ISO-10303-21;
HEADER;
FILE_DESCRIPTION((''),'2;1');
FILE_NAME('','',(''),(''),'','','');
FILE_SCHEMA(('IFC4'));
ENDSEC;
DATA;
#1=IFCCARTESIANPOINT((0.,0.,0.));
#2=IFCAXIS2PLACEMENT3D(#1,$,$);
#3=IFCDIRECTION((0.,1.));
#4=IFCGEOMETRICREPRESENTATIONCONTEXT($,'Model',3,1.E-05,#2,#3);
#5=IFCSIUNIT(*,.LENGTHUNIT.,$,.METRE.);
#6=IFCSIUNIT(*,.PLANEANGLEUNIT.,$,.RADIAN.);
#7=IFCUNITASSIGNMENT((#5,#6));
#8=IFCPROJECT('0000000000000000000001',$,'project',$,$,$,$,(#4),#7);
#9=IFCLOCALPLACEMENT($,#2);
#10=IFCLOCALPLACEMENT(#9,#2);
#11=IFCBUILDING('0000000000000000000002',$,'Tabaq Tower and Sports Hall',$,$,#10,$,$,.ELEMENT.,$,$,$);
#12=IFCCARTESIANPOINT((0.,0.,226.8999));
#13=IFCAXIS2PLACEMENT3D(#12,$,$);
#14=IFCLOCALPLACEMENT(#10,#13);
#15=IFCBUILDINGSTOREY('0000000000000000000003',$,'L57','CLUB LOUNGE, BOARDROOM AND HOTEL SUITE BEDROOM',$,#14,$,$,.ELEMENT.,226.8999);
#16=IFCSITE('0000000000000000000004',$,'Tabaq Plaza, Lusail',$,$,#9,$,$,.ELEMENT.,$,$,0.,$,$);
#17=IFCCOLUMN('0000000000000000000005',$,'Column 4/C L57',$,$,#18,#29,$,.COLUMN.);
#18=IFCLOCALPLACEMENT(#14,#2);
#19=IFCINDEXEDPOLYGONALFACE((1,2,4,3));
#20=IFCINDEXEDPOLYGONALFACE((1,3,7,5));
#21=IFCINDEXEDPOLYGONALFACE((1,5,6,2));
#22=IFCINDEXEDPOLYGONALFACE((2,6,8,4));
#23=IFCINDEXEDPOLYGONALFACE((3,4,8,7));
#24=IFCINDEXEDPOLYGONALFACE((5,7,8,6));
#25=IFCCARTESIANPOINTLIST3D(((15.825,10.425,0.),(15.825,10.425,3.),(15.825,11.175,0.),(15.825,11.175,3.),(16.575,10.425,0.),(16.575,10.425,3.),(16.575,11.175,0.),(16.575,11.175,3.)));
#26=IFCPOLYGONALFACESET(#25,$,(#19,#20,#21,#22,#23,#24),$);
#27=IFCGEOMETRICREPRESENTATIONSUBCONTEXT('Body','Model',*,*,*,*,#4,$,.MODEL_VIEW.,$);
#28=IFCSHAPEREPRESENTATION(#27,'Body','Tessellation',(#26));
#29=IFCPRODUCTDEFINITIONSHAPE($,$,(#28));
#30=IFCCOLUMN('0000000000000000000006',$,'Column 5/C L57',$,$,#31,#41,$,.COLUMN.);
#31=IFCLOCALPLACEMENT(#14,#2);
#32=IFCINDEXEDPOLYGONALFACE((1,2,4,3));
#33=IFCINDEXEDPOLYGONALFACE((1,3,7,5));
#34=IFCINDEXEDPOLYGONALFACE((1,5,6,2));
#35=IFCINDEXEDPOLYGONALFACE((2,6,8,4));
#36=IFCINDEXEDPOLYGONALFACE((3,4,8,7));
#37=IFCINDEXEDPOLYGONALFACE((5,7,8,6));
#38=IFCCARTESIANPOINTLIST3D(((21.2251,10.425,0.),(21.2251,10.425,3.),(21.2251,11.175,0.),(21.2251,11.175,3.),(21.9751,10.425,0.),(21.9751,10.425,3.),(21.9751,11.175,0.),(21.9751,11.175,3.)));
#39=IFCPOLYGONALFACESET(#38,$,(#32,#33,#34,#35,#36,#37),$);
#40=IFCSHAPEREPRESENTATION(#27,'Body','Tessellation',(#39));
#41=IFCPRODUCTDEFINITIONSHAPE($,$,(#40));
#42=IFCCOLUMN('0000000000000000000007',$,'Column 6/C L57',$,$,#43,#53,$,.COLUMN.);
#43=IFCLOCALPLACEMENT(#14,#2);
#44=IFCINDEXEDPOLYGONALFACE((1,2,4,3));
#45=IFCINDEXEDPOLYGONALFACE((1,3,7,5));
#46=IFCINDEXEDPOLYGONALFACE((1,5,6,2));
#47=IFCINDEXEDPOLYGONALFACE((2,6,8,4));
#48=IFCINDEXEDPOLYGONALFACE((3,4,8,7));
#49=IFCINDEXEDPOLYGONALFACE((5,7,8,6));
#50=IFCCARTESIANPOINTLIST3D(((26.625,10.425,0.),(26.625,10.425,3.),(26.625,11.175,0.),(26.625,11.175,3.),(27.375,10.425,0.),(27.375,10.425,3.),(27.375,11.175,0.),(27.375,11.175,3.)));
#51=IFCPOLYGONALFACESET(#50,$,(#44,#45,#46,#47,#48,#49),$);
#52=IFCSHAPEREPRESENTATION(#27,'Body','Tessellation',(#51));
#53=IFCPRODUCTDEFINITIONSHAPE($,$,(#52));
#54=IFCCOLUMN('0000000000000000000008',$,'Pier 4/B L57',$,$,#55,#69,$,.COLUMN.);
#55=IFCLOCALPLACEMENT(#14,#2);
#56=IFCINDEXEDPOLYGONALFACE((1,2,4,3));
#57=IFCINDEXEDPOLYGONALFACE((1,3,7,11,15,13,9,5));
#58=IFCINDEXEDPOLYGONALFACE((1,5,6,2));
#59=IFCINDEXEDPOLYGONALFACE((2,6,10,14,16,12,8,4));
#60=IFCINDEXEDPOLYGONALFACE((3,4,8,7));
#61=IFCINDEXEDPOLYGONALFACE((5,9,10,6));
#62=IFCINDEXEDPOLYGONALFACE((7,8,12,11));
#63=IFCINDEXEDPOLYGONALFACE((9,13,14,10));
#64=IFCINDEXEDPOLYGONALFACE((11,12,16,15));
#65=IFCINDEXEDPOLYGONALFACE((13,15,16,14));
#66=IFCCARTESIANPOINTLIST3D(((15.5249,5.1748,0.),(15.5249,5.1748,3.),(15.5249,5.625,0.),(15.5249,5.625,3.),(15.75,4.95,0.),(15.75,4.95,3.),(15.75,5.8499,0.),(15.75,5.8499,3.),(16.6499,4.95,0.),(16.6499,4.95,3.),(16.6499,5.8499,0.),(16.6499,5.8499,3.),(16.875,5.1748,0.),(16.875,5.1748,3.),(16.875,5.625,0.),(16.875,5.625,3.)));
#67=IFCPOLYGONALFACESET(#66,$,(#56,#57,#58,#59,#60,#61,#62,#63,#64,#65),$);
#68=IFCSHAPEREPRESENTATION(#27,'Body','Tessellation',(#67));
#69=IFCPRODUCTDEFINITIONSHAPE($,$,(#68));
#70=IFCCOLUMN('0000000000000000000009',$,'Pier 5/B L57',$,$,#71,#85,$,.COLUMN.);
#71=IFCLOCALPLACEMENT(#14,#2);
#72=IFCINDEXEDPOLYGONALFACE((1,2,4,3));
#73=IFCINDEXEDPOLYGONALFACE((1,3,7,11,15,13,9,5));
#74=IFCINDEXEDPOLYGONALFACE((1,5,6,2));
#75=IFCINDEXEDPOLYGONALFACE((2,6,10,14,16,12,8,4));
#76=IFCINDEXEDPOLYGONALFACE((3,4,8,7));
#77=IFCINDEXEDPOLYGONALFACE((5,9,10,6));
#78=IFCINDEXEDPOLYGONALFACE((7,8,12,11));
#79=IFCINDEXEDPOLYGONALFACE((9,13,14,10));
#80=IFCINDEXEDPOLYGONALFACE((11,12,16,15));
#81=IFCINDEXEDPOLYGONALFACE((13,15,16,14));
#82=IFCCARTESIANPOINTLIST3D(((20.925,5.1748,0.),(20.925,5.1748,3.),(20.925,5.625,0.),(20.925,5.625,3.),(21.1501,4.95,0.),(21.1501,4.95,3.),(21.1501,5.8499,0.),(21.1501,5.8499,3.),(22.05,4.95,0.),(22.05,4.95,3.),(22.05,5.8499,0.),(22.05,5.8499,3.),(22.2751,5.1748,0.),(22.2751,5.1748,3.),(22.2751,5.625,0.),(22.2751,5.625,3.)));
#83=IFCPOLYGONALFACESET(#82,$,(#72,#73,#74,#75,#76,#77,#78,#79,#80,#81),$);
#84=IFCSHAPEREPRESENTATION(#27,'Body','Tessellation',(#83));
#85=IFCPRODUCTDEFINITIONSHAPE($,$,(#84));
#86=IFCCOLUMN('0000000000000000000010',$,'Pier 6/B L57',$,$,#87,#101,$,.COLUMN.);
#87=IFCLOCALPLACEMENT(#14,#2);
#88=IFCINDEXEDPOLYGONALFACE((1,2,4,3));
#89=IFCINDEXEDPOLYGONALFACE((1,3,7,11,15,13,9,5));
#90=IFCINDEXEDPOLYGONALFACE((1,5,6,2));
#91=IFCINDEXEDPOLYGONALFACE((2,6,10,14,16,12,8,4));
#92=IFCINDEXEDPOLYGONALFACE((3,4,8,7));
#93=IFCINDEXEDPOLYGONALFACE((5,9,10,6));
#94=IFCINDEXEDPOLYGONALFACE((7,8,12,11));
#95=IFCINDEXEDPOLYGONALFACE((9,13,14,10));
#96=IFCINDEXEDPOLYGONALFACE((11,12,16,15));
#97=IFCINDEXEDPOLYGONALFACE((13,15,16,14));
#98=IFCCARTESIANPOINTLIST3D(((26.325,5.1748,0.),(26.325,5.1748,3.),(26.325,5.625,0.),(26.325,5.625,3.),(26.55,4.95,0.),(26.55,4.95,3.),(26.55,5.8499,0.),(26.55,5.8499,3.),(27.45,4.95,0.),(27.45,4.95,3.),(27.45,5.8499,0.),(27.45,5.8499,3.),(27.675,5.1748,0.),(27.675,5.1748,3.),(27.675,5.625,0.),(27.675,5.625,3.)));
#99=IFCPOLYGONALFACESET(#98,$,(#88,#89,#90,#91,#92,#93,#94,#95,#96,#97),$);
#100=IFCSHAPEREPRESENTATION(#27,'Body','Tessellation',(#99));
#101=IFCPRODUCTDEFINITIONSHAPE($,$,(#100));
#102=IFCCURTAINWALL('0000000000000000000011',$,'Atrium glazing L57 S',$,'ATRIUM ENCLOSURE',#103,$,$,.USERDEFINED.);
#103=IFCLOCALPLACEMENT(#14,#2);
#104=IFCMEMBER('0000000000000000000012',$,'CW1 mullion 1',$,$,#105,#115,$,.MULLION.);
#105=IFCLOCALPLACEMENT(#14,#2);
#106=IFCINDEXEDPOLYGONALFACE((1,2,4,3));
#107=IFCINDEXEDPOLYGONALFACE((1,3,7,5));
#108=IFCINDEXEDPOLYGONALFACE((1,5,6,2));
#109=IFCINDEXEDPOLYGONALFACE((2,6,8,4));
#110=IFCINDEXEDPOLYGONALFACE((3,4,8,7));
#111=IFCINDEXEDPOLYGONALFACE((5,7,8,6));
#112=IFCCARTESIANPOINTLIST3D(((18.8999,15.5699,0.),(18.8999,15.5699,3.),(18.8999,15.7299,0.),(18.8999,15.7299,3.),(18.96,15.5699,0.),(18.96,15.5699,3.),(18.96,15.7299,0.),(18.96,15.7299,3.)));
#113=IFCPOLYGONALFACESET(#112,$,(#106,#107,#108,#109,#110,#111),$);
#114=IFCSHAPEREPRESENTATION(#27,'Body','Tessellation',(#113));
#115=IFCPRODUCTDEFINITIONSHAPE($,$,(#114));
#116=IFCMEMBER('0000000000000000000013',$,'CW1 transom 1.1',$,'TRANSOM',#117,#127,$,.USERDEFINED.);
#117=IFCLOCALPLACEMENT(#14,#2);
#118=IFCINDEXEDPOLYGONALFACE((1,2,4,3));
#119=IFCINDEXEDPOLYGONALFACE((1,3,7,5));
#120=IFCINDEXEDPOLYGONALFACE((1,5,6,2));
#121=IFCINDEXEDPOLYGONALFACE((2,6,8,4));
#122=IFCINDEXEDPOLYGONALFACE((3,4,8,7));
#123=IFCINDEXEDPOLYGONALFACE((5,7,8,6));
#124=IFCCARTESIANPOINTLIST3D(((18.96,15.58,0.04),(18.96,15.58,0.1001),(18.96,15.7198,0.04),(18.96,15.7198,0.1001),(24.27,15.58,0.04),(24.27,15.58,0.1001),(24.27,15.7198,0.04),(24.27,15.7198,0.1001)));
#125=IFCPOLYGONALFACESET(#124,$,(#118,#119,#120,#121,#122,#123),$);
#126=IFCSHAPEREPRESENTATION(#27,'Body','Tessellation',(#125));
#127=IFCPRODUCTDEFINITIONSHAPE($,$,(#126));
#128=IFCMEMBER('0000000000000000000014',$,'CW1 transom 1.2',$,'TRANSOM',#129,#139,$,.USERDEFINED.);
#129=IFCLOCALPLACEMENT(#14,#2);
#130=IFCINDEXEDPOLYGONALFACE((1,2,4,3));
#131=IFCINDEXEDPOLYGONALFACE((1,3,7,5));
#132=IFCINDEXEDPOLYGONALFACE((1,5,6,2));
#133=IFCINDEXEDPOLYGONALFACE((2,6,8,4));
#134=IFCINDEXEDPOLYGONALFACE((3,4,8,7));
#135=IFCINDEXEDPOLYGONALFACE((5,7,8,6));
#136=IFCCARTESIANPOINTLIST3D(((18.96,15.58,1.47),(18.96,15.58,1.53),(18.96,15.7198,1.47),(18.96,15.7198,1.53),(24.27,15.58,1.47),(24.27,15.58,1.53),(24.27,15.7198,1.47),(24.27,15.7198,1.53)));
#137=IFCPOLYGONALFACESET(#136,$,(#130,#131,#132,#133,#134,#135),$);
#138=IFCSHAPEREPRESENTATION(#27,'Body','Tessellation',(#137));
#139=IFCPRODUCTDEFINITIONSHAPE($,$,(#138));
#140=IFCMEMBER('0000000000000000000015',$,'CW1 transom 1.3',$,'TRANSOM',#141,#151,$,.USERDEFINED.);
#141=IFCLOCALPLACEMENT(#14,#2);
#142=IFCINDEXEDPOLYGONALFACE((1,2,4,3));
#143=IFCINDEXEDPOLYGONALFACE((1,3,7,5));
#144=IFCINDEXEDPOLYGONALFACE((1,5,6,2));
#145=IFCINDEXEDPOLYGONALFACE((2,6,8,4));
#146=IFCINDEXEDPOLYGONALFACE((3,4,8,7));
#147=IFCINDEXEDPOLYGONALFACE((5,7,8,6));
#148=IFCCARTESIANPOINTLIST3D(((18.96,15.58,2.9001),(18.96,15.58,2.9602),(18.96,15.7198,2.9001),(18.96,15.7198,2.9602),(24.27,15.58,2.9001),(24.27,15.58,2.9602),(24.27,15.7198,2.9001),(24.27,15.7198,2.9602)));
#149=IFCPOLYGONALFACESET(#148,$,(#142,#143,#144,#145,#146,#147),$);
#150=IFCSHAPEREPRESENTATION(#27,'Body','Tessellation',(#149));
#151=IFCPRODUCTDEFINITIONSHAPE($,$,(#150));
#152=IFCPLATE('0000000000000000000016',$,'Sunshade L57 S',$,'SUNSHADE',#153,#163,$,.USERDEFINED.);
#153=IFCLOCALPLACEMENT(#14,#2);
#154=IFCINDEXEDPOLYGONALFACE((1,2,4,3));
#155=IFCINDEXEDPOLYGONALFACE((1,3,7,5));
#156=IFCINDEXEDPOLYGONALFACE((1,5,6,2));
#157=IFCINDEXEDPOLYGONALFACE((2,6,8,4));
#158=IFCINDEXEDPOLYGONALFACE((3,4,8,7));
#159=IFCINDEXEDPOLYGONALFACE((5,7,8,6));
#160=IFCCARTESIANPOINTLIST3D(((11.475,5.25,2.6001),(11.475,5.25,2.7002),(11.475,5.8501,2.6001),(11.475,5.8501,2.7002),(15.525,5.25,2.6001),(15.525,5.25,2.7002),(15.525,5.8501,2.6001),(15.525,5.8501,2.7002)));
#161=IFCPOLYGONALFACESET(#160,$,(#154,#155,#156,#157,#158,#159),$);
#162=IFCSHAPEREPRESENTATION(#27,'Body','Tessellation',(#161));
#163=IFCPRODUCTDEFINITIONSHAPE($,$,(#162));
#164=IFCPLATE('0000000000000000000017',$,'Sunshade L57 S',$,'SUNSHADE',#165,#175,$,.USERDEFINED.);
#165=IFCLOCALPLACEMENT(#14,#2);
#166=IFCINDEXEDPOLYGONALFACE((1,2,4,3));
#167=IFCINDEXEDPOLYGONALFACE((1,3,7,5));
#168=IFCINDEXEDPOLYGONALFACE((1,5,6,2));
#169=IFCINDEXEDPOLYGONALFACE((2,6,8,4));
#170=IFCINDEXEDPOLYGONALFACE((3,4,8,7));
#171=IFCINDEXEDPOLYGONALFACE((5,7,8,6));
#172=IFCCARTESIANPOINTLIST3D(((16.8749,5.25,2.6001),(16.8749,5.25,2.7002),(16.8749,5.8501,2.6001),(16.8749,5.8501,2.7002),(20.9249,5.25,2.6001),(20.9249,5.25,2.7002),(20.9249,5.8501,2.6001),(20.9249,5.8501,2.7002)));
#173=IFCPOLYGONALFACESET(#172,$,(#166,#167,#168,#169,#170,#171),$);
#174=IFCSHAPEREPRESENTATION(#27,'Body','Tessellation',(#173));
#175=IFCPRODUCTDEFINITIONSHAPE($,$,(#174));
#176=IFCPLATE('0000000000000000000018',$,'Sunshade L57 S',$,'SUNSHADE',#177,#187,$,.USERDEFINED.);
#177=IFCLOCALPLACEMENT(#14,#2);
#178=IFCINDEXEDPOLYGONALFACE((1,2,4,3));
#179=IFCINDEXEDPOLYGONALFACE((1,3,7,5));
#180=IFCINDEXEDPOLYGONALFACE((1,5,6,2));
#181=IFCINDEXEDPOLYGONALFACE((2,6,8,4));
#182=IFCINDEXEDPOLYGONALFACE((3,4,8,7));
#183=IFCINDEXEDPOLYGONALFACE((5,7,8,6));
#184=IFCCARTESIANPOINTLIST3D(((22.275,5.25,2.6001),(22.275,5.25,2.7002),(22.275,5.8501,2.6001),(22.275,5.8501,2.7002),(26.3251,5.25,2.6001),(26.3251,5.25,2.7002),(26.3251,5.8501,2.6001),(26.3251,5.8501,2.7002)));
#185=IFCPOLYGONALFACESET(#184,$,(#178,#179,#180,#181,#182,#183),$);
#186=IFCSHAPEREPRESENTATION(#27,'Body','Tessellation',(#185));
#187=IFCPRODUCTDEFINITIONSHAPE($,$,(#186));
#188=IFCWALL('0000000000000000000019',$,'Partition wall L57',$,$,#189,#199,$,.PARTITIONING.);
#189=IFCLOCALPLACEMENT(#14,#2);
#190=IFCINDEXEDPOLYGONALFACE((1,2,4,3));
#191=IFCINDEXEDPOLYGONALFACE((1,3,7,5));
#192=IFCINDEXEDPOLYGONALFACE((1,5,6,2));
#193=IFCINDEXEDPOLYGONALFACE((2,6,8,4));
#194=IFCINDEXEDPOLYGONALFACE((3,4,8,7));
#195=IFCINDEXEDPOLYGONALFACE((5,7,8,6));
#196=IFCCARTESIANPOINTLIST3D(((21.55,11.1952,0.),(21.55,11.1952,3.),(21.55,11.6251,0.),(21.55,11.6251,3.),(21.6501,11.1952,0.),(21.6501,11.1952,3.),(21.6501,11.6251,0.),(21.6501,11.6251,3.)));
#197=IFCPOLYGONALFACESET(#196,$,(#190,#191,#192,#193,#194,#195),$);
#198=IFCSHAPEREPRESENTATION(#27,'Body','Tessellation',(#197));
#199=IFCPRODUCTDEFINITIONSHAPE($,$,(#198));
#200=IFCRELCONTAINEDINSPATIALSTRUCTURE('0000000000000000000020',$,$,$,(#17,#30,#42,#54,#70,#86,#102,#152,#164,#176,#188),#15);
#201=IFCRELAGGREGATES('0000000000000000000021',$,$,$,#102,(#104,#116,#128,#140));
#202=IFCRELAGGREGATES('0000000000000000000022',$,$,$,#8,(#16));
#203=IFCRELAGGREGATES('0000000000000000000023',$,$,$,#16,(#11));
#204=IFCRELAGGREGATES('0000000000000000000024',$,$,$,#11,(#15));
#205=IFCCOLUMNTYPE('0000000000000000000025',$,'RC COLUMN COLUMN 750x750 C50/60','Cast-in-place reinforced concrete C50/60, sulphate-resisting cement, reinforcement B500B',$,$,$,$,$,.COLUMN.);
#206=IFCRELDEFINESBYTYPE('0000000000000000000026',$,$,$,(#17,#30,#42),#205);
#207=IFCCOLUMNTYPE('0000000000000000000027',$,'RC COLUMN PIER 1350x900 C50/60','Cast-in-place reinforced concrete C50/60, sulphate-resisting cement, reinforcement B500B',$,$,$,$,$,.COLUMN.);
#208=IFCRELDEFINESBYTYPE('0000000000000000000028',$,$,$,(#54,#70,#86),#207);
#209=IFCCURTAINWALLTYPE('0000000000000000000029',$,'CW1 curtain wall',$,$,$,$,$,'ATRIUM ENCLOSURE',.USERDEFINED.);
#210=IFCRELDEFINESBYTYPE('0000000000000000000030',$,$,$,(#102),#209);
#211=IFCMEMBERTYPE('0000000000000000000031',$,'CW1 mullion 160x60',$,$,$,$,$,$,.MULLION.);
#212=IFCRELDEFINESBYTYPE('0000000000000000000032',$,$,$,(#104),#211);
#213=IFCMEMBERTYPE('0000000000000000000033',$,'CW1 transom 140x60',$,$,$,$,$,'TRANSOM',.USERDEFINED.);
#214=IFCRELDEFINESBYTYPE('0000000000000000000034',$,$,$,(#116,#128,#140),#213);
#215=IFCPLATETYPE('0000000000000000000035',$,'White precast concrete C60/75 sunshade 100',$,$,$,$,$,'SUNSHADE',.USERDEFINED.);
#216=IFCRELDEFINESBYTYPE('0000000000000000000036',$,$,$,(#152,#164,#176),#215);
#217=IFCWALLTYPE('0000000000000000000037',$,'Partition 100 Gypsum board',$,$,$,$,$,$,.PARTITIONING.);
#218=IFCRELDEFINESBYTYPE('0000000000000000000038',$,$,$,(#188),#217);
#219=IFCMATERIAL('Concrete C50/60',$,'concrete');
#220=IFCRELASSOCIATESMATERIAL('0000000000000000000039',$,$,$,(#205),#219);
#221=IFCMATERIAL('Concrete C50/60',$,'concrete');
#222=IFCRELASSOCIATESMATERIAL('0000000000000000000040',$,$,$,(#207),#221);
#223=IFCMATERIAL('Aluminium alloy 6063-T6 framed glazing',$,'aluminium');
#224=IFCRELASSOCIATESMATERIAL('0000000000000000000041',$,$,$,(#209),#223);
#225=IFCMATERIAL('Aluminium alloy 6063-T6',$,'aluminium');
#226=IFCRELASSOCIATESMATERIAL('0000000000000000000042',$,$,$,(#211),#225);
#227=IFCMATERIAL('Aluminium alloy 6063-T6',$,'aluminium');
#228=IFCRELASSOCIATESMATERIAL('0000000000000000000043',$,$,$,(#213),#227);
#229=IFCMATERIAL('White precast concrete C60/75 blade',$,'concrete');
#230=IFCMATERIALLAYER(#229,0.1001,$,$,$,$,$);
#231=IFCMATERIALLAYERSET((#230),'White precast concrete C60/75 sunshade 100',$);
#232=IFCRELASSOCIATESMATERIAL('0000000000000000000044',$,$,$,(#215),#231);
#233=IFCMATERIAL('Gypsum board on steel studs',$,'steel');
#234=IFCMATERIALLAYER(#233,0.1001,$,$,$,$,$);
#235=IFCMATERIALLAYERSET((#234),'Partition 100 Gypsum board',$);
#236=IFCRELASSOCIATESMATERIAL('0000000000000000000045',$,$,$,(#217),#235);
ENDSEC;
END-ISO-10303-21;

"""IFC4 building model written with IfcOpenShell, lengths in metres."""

from ifc_helpers import new_model, si_unit, direction, frame, frame_2d, origin, origin_2d, place, context, subcontext, project, spatial, polyline, rectangle, outline, extrude, material, layer, layer_set, material_profile, profile_set, type_object, element, aggregate, save


model = new_model("IFC4")

# Units and contexts
model_context = context("Model", 3, precision=1e-05, world=origin(), true_north=direction((0.0, 1.0)))
body_context = subcontext(model_context, "Body", "Model", "MODEL_VIEW")
ifc_project = project(units=[si_unit("LENGTHUNIT", "METRE"), si_unit("PLANEANGLEUNIT", "RADIAN")], contexts=[model_context])

# Site, building, storey
site_placement = place(None, origin())
site = spatial("IfcSite", under=ifc_project, at=site_placement, Name="Tabaq Plaza, Lusail", CompositionType="ELEMENT", RefElevation=0.0)
building_placement = place(site_placement, origin())
building = spatial("IfcBuilding", under=site, at=building_placement, Name="Tabaq Tower and Sports Hall", CompositionType="ELEMENT")
storey_placement = place(building_placement, frame((0.0, 0.0, 226.8999)))
storey = spatial("IfcBuildingStorey", under=building, at=storey_placement, Name="L57", Description="CLUB LOUNGE, BOARDROOM AND HOTEL SUITE BEDROOM", CompositionType="ELEMENT", Elevation=226.8999)

# Columns
ifc_material_1 = material(Name="Concrete C50/60", Category="concrete")
ifc_material_profile_1 = material_profile(ifc_material_1, rectangle(XDim=0.75, YDim=0.75, at=origin_2d()), Name="COLUMN 750x750")
ifc_profile_set_1 = profile_set([ifc_material_profile_1], Name="Concrete C50/60")
column_type_1 = type_object("IfcColumnType", Name="RC COLUMN COLUMN 750x750 C50/60", Description="Cast-in-place reinforced concrete C50/60, sulphate-resisting cement, reinforcement B500B", PredefinedType="COLUMN", material=ifc_profile_set_1)
for number, where, z_axis, x_axis, name in (
    (1, (16.2, 10.8, 0.0), (0.0, 0.0, 1.0), (1.0, 0.0, 0.0), "Column 4/C L57"),
    (2, (21.6001, 10.8, 0.0), (0.0, 0.0, 1.0), (1.0, 0.0, 0.0), "Column 5/C L57"),
    (3, (27.0, 10.8, 0.0), (0.0, 0.0, 1.0), (1.0, 0.0, 0.0), "Column 6/C L57"),
):
    element("IfcColumn", number, at=place(storey_placement, frame(where, z_axis=z_axis, x_axis=x_axis)), inside=storey, type_object=column_type_1, Name=name, PredefinedType="COLUMN", context=body_context, shape_type="SweptSolid", body=[
        extrude(rectangle(XDim=0.75, YDim=0.75, at=origin_2d()), origin(), (0.0, 0.0, 1.0), 3.0),
    ])
ifc_material_2 = material(Name="Concrete C50/60", Category="concrete")
ifc_material_profile_2 = material_profile(ifc_material_2, outline(polyline([(-0.45, -0.45), (0.45, -0.45), (0.675, -0.2251), (0.675, 0.2251), (0.45, 0.45), (-0.45, 0.45), (-0.675, 0.2251), (-0.675, -0.2251), (-0.45, -0.45)])), Name="PIER 1350x900")
ifc_profile_set_2 = profile_set([ifc_material_profile_2], Name="Concrete C50/60")
column_type_2 = type_object("IfcColumnType", Name="RC COLUMN PIER 1350x900 C50/60", Description="Cast-in-place reinforced concrete C50/60, sulphate-resisting cement, reinforcement B500B", PredefinedType="COLUMN", material=ifc_profile_set_2)
for number, where, z_axis, x_axis, name in (
    (4, (16.2, 5.3999, 0.0), (0.0, 0.0, 1.0), (1.0, 0.0, 0.0), "Pier 4/B L57"),
    (5, (21.6001, 5.3999, 0.0), (0.0, 0.0, 1.0), (1.0, 0.0, 0.0), "Pier 5/B L57"),
    (6, (27.0, 5.3999, 0.0), (0.0, 0.0, 1.0), (1.0, 0.0, 0.0), "Pier 6/B L57"),
):
    element("IfcColumn", number, at=place(storey_placement, frame(where, z_axis=z_axis, x_axis=x_axis)), inside=storey, type_object=column_type_2, Name=name, PredefinedType="COLUMN", context=body_context, shape_type="SweptSolid", body=[
        extrude(outline(polyline([(-0.45, -0.45), (0.45, -0.45), (0.675, -0.2251), (0.675, 0.2251), (0.45, 0.45), (-0.45, 0.45), (-0.675, 0.2251), (-0.675, -0.2251), (-0.45, -0.45)])), origin(), (0.0, 0.0, 1.0), 3.0),
    ])

# Curtain wall, members
ifc_material_3 = material(Name="Aluminium alloy 6063-T6 framed glazing", Category="aluminium")
curtain_wall_type = type_object("IfcCurtainWallType", Name="CW1 curtain wall", ElementType="ATRIUM ENCLOSURE", PredefinedType="USERDEFINED", material=ifc_material_3)
curtain_wall_placement = place(storey_placement, origin())
curtain_wall = element("IfcCurtainWall", 7, at=curtain_wall_placement, inside=storey, type_object=curtain_wall_type, Name="Atrium glazing L57 S", ObjectType="ATRIUM ENCLOSURE", PredefinedType="USERDEFINED")
ifc_material_4 = material(Name="Aluminium alloy 6063-T6", Category="aluminium")
ifc_material_profile_3 = material_profile(ifc_material_4, rectangle(XDim=0.1599, YDim=0.0601, at=origin_2d()), Name="MULLION 160x60")
ifc_profile_set_3 = profile_set([ifc_material_profile_3], Name="Aluminium alloy 6063-T6")
member_type_1 = type_object("IfcMemberType", Name="CW1 mullion 160x60", PredefinedType="MULLION", material=ifc_profile_set_3)
member_1_placement = place(storey_placement, frame((18.9299, 15.6499, 0.0), z_axis=(0.0, 0.0, 1.0), x_axis=(0.0, 1.0, 0.0)))
member_1 = element("IfcMember", 8, at=member_1_placement, type_object=member_type_1, Name="CW1 mullion 1", PredefinedType="MULLION", context=body_context, shape_type="SweptSolid", body=[
    extrude(rectangle(XDim=0.1599, YDim=0.0601, at=origin_2d()), origin(), (0.0, 0.0, 1.0), 3.0),
])
ifc_material_5 = material(Name="Aluminium alloy 6063-T6", Category="aluminium")
ifc_material_profile_4 = material_profile(ifc_material_5, rectangle(XDim=0.1399, YDim=0.0601, at=origin_2d()), Name="TRANSOM 140x60")
ifc_profile_set_4 = profile_set([ifc_material_profile_4], Name="Aluminium alloy 6063-T6")
member_type_2 = type_object("IfcMemberType", Name="CW1 transom 140x60", ElementType="TRANSOM", PredefinedType="USERDEFINED", material=ifc_profile_set_4)
member_2_placement = place(storey_placement, frame((18.96, 15.6499, 0.0701), z_axis=(1.0, 0.0, 0.0), x_axis=(0.0, 1.0, 0.0)))
member_2 = element("IfcMember", 9, at=member_2_placement, type_object=member_type_2, Name="CW1 transom 1.1", ObjectType="TRANSOM", PredefinedType="USERDEFINED", context=body_context, shape_type="SweptSolid", body=[
    extrude(rectangle(XDim=0.1399, YDim=0.0601, at=origin_2d()), origin(), (0.0, 0.0, 1.0), 5.3101),
])
member_3_placement = place(storey_placement, frame((18.96, 15.6499, 1.5), z_axis=(1.0, 0.0, 0.0), x_axis=(0.0, 1.0, 0.0)))
member_3 = element("IfcMember", 10, at=member_3_placement, type_object=member_type_2, Name="CW1 transom 1.2", ObjectType="TRANSOM", PredefinedType="USERDEFINED", context=body_context, shape_type="SweptSolid", body=[
    extrude(rectangle(XDim=0.1399, YDim=0.0601, at=origin_2d()), origin(), (0.0, 0.0, 1.0), 5.3101),
])
member_4_placement = place(storey_placement, frame((18.96, 15.6499, 2.9302), z_axis=(1.0, 0.0, 0.0), x_axis=(0.0, 1.0, 0.0)))
member_4 = element("IfcMember", 11, at=member_4_placement, type_object=member_type_2, Name="CW1 transom 1.3", ObjectType="TRANSOM", PredefinedType="USERDEFINED", context=body_context, shape_type="SweptSolid", body=[
    extrude(rectangle(XDim=0.1399, YDim=0.0601, at=origin_2d()), origin(), (0.0, 0.0, 1.0), 5.3101),
])
aggregate(curtain_wall, [member_1, member_2, member_3, member_4])

# Plates
ifc_material_6 = material(Name="White precast concrete C60/75 blade", Category="concrete")
ifc_layer_1 = layer(ifc_material_6, 0.1001)
ifc_layer_set_1 = layer_set([ifc_layer_1], Name="White precast concrete C60/75 sunshade 100")
plate_type = type_object("IfcPlateType", Name="White precast concrete C60/75 sunshade 100", ElementType="SUNSHADE", PredefinedType="USERDEFINED", material=ifc_layer_set_1)
for number, where, z_axis, x_axis, name in (
    (12, (13.5, 5.55, 2.6001), (0.0, 0.0, 1.0), (1.0, 0.0, 0.0), "Sunshade L57 S"),
    (13, (18.8999, 5.55, 2.6001), (0.0, 0.0, 1.0), (1.0, 0.0, 0.0), "Sunshade L57 S"),
    (14, (24.3, 5.55, 2.6001), (0.0, 0.0, 1.0), (1.0, 0.0, 0.0), "Sunshade L57 S"),
):
    element("IfcPlate", number, at=place(storey_placement, frame(where, z_axis=z_axis, x_axis=x_axis)), inside=storey, type_object=plate_type, Name=name, ObjectType="SUNSHADE", PredefinedType="USERDEFINED", context=body_context, shape_type="SweptSolid", body=[
        extrude(rectangle(XDim=4.05, YDim=0.6001, at=origin_2d()), origin(), (0.0, 0.0, 1.0), 0.1001),
    ])

# Wall
ifc_material_7 = material(Name="Gypsum board on steel studs", Category="steel")
ifc_layer_2 = layer(ifc_material_7, 0.1001)
ifc_layer_set_2 = layer_set([ifc_layer_2], Name="Partition 100 Gypsum board")
wall_type = type_object("IfcWallType", Name="Partition 100 Gypsum board", PredefinedType="PARTITIONING", material=ifc_layer_set_2)
wall_1_placement = place(storey_placement, frame((21.6001, 11.625, 0.0), z_axis=(0.0, 0.0, 1.0), x_axis=(0.0, -1.0, 0.0)))
element("IfcWall", 15, at=wall_1_placement, inside=storey, type_object=wall_type, Name="Partition wall L57", PredefinedType="PARTITIONING", context=body_context, shape_type="SweptSolid", body=[
    extrude(rectangle(XDim=0.4299, YDim=0.1001, at=frame_2d((0.2148, 0.0))), origin(), (0.0, 0.0, 1.0), 3.0),
])

save(model, "model.ifc")
